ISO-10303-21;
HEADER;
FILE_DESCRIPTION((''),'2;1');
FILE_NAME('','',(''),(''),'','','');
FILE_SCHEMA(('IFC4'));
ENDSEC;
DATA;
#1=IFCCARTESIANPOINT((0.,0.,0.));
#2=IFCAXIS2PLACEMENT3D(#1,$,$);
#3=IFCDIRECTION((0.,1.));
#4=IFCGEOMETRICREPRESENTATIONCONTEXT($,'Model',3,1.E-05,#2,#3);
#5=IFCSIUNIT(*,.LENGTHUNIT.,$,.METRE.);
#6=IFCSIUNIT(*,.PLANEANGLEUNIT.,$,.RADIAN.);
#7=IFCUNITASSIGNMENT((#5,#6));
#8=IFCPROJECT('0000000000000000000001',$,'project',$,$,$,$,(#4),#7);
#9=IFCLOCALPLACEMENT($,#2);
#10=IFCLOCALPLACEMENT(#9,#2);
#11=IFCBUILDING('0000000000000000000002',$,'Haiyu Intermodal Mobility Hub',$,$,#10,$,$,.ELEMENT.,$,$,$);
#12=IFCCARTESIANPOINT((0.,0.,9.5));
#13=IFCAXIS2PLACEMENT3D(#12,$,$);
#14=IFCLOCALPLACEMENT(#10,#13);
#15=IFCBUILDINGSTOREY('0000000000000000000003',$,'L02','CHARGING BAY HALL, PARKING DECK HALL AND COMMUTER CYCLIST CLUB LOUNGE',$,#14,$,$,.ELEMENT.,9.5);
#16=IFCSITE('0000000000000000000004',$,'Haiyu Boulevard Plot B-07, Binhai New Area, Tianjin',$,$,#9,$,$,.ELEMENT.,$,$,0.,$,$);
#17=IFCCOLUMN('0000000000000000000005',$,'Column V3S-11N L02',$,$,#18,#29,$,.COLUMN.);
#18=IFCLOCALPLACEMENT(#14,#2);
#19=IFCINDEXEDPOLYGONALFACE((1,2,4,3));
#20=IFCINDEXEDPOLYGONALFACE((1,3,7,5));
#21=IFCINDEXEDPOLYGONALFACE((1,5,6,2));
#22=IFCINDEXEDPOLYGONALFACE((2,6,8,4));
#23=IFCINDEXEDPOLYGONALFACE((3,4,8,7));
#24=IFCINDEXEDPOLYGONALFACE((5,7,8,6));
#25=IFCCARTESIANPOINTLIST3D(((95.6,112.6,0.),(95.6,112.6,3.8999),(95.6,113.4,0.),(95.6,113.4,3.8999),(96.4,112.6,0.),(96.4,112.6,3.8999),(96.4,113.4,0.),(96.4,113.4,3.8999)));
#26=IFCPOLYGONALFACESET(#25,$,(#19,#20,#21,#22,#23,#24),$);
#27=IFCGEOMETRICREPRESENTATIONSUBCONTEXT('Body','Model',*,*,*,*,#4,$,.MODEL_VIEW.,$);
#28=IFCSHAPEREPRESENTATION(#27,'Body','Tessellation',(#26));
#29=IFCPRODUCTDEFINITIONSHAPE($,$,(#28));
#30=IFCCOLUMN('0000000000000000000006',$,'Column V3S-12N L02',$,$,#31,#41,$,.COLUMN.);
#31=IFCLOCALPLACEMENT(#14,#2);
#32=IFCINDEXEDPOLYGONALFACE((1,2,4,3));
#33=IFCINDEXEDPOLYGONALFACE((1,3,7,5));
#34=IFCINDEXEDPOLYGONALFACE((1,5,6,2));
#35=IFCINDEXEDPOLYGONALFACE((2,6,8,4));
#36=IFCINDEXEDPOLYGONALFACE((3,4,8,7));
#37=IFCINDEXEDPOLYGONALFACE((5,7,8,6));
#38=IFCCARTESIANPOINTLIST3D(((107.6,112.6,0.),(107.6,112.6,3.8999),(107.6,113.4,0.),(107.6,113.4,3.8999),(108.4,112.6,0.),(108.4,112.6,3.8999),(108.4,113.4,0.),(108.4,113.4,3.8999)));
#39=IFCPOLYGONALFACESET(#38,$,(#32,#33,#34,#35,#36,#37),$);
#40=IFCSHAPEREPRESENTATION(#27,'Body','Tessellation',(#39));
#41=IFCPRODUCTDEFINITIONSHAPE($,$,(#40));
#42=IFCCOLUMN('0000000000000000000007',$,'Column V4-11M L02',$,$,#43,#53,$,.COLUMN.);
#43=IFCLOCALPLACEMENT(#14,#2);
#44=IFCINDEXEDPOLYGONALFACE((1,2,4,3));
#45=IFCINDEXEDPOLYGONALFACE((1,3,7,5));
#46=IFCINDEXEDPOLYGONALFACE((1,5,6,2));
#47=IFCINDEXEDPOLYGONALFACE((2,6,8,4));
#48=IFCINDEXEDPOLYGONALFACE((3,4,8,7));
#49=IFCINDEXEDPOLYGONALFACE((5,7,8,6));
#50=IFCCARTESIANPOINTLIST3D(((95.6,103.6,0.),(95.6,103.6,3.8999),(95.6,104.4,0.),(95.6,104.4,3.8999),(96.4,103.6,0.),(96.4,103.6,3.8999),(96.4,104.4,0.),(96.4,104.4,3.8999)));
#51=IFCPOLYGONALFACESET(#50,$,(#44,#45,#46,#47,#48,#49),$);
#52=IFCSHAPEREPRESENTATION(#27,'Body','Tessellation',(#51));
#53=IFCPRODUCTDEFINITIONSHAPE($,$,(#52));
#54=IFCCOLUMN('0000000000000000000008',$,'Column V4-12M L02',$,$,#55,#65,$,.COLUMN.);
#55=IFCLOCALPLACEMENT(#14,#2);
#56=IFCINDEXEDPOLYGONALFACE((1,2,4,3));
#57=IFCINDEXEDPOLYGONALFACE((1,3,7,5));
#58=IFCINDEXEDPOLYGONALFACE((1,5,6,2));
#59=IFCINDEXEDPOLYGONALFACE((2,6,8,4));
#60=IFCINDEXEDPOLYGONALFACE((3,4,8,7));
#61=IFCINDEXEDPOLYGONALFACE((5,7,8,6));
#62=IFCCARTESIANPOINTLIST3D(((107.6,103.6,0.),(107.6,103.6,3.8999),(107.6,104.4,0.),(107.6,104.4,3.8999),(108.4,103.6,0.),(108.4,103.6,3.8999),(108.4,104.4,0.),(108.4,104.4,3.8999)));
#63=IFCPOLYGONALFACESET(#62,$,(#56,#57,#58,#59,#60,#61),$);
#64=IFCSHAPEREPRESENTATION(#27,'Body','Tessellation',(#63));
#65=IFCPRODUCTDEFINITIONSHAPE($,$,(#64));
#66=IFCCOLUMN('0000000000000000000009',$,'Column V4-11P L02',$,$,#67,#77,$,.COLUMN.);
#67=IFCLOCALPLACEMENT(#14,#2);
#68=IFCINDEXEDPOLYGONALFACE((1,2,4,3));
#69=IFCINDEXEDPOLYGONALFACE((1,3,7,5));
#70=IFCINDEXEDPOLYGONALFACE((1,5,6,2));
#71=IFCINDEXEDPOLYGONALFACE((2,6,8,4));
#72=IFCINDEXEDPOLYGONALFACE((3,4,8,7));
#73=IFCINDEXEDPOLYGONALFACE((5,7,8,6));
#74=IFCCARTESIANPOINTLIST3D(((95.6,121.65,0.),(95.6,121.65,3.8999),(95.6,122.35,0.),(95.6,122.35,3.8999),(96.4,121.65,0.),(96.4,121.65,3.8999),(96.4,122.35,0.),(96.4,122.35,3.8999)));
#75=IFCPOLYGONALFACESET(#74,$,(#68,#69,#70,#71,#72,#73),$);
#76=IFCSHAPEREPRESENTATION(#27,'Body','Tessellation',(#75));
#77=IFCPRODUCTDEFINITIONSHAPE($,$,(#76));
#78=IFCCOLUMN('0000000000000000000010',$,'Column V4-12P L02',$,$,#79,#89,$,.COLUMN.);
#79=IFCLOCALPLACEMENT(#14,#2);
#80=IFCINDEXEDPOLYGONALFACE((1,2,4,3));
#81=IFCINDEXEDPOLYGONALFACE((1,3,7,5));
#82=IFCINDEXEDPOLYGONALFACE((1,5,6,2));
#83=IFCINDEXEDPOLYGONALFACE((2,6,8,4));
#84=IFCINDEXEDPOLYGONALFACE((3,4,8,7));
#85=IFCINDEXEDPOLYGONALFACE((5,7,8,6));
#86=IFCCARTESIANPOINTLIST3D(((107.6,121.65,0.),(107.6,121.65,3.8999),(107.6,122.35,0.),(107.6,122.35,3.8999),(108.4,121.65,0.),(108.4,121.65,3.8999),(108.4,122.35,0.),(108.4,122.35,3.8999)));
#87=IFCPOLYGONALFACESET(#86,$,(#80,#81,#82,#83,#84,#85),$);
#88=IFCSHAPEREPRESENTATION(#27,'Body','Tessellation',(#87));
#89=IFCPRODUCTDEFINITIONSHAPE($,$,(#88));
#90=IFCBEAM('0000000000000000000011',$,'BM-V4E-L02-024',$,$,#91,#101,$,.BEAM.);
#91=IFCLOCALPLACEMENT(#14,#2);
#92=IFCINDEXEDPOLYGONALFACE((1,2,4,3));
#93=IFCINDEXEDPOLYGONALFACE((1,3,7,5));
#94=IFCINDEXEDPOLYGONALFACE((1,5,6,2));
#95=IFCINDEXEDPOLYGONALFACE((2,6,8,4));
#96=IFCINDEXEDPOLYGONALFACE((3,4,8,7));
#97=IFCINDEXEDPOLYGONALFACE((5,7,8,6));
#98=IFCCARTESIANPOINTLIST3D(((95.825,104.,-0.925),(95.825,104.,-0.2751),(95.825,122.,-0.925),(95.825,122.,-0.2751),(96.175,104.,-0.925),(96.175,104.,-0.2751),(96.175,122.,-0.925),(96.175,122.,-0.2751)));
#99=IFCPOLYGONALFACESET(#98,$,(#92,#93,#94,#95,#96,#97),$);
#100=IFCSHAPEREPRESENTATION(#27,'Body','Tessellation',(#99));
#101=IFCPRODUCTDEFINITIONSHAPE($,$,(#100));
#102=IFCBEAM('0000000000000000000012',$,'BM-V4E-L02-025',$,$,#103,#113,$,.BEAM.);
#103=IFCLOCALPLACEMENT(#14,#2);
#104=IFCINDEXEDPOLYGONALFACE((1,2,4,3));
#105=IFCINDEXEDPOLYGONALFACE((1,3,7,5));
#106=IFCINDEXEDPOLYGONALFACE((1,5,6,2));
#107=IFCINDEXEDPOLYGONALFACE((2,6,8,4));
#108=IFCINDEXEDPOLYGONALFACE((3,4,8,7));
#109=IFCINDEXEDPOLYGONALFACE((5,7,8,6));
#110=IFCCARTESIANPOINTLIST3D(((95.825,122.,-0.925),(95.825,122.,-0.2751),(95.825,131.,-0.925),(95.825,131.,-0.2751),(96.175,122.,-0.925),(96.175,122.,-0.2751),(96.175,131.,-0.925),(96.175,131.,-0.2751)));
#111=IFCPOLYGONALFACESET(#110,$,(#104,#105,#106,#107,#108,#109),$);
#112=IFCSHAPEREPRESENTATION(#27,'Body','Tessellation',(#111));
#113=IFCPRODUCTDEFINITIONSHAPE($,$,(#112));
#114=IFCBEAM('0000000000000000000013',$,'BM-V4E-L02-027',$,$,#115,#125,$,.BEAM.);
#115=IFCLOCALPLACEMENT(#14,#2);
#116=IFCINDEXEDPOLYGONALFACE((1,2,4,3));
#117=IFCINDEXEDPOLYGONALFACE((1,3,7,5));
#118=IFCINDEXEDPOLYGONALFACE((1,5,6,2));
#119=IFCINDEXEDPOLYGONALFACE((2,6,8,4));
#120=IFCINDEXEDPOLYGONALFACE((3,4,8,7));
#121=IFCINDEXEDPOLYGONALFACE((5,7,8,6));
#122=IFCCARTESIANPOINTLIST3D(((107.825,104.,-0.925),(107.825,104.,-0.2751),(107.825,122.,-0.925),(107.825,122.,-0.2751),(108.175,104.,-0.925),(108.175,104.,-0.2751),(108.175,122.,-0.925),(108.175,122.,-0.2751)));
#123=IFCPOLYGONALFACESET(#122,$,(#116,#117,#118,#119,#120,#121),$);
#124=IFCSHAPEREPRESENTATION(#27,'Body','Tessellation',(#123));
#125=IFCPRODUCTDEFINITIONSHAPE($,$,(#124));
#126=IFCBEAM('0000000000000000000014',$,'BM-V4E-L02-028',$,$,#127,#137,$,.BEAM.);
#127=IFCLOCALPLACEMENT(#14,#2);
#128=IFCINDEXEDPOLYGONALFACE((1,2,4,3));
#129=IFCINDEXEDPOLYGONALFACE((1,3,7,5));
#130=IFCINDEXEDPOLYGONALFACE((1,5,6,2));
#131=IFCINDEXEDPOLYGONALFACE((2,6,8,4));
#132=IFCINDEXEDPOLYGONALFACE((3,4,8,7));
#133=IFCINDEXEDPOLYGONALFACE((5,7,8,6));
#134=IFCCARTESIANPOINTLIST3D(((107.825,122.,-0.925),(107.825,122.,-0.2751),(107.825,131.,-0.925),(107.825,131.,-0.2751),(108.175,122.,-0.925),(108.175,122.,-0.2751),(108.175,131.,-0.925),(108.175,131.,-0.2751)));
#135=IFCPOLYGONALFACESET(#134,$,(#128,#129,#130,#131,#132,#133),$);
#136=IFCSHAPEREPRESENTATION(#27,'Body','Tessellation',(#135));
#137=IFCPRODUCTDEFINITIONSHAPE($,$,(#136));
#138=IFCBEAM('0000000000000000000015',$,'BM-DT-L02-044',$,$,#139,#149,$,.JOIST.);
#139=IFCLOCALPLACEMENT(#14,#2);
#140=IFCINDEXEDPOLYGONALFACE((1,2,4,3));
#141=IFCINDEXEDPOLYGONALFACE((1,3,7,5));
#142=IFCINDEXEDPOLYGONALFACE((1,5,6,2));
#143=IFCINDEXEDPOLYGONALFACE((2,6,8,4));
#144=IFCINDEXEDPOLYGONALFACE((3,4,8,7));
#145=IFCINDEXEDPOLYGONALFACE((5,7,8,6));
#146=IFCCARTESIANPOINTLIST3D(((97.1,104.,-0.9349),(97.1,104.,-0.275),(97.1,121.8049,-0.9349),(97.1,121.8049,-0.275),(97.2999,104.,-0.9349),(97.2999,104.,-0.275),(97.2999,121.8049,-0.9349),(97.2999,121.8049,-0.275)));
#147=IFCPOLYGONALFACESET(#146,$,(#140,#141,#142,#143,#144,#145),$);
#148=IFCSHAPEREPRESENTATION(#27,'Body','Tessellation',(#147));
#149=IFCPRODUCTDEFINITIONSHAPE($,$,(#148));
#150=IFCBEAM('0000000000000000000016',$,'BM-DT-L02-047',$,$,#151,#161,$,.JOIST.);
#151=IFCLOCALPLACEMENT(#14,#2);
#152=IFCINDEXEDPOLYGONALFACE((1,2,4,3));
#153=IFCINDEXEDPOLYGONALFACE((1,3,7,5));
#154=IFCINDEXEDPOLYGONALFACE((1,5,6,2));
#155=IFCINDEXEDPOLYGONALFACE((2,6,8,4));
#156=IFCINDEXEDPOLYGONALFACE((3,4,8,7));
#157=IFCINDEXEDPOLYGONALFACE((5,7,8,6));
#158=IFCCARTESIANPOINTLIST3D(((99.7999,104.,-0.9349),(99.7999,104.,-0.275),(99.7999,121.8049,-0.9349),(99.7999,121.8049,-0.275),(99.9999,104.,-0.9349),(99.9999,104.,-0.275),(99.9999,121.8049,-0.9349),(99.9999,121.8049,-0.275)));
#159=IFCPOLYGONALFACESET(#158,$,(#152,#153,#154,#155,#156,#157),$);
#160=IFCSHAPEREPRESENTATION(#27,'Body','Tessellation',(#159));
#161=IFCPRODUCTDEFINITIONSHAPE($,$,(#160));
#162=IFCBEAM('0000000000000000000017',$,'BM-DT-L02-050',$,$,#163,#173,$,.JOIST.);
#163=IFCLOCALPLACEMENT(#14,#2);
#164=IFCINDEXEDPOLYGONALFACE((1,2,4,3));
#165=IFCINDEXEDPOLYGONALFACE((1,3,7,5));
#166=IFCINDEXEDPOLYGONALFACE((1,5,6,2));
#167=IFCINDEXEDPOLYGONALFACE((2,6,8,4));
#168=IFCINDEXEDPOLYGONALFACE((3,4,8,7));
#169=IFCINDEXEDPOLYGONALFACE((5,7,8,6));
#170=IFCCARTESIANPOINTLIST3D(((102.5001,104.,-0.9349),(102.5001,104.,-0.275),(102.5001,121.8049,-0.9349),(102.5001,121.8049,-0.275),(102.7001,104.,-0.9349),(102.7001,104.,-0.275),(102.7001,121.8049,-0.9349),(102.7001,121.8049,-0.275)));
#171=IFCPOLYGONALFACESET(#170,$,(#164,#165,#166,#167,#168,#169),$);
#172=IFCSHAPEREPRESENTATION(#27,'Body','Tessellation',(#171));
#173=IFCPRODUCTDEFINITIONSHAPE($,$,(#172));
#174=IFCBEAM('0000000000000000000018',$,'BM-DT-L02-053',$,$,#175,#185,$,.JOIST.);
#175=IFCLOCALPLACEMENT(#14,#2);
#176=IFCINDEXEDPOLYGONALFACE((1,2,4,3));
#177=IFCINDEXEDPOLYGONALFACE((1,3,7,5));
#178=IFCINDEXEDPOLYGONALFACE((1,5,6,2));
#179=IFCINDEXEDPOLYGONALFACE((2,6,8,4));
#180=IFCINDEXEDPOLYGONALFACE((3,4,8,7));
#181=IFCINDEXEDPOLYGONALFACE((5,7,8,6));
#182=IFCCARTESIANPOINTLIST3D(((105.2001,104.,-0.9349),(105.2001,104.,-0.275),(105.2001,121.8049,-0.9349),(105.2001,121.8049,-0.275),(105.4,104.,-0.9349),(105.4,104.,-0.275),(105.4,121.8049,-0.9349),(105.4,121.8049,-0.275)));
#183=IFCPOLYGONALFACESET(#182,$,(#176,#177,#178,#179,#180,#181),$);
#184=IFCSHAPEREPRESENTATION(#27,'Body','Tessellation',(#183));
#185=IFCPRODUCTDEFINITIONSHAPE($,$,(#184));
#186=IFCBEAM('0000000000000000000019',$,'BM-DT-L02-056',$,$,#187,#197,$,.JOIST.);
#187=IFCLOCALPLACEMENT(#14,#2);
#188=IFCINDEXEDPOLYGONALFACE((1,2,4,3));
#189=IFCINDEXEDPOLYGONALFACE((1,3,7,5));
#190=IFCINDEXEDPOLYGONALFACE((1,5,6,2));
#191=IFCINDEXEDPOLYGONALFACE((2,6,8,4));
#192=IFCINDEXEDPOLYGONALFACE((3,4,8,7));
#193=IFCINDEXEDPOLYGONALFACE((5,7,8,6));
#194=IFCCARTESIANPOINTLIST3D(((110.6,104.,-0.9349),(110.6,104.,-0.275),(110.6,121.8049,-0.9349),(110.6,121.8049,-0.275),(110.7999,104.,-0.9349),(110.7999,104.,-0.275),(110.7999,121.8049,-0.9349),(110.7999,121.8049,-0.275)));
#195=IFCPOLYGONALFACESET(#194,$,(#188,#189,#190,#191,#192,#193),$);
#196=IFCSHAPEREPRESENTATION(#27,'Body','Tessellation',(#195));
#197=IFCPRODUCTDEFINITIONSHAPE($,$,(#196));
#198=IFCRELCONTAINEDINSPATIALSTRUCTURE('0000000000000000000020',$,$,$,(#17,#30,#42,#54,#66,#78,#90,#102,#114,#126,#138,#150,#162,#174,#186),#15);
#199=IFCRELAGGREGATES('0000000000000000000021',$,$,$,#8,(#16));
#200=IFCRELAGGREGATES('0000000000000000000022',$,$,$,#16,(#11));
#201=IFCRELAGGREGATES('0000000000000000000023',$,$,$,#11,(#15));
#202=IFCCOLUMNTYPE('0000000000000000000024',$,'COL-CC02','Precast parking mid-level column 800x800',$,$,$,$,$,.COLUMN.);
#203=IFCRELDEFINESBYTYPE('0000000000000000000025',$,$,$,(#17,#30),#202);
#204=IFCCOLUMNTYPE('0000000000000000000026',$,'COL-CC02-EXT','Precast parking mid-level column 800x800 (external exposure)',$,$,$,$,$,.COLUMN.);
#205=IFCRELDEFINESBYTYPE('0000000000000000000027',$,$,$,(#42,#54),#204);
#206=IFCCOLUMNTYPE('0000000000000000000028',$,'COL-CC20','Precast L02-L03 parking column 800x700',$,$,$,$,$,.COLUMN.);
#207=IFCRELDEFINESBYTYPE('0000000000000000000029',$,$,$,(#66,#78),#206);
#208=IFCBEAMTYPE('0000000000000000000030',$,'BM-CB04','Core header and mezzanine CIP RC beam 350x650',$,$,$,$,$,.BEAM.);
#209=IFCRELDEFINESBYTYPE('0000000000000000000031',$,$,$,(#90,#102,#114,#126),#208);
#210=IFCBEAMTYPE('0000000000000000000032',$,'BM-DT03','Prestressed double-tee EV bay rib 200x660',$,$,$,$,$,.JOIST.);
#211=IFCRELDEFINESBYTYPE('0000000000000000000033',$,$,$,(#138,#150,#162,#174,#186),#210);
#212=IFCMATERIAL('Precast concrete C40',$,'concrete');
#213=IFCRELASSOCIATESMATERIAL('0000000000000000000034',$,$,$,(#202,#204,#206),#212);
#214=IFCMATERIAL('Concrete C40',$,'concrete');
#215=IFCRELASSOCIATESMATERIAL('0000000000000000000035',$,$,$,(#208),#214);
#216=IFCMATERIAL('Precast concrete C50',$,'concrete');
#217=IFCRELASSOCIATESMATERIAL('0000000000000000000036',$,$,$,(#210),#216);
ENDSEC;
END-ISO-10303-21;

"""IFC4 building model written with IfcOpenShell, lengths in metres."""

from ifc_helpers import new_model, si_unit, direction, frame, origin, origin_2d, place, context, subcontext, project, spatial, rectangle, extrude, material, material_profile, profile_set, type_object, element, save


model = new_model("IFC4")

# Units and contexts
model_context = context("Model", 3, precision=1e-05, world=origin(), true_north=direction((0.0, 1.0)))
body_context = subcontext(model_context, "Body", "Model", "MODEL_VIEW")
ifc_project = project(units=[si_unit("LENGTHUNIT", "METRE"), si_unit("PLANEANGLEUNIT", "RADIAN")], contexts=[model_context])

# Site, building, storey
site_placement = place(None, origin())
site = spatial("IfcSite", under=ifc_project, at=site_placement, Name="Haiyu Boulevard Plot B-07, Binhai New Area, Tianjin", CompositionType="ELEMENT", RefElevation=0.0)
building_placement = place(site_placement, origin())
building = spatial("IfcBuilding", under=site, at=building_placement, Name="Haiyu Intermodal Mobility Hub", CompositionType="ELEMENT")
storey_placement = place(building_placement, frame((0.0, 0.0, 9.5)))
storey = spatial("IfcBuildingStorey", under=building, at=storey_placement, Name="L02", Description="CHARGING BAY HALL, PARKING DECK HALL AND COMMUTER CYCLIST CLUB LOUNGE", CompositionType="ELEMENT", Elevation=9.5)

# Columns
ifc_material_1 = material(Name="Precast concrete C40", Category="concrete")
ifc_material_profile_1 = material_profile(ifc_material_1, rectangle(XDim=0.8, YDim=0.8, at=origin_2d()), Name="RC800x800")
ifc_profile_set_1 = profile_set([ifc_material_profile_1], Name="Precast concrete C40")
column_type_1 = type_object("IfcColumnType", Name="COL-CC02", Description="Precast parking mid-level column 800x800", PredefinedType="COLUMN", material=ifc_profile_set_1)
for number, where, z_axis, x_axis, name in (
    (1, (96.0, 113.0, 0.0), (0.0, 0.0, 1.0), (1.0, 0.0, 0.0), "Column V3S-11N L02"),
    (2, (108.0, 113.0, 0.0), (0.0, 0.0, 1.0), (1.0, 0.0, 0.0), "Column V3S-12N L02"),
):
    element("IfcColumn", number, at=place(storey_placement, frame(where, z_axis=z_axis, x_axis=x_axis)), inside=storey, type_object=column_type_1, Name=name, PredefinedType="COLUMN", context=body_context, shape_type="SweptSolid", body=[
        extrude(rectangle(XDim=0.8, YDim=0.8, at=origin_2d()), origin(), (0.0, 0.0, 1.0), 3.8999),
    ])
ifc_material_profile_2 = material_profile(ifc_material_1, rectangle(XDim=0.8, YDim=0.8, at=origin_2d()), Name="RC800x800")
ifc_profile_set_2 = profile_set([ifc_material_profile_2], Name="Precast concrete C40")
column_type_2 = type_object("IfcColumnType", Name="COL-CC02-EXT", Description="Precast parking mid-level column 800x800 (external exposure)", PredefinedType="COLUMN", material=ifc_profile_set_2)
for number, where, z_axis, x_axis, name in (
    (3, (96.0, 104.0, 0.0), (0.0, 0.0, 1.0), (1.0, 0.0, 0.0), "Column V4-11M L02"),
    (4, (108.0, 104.0, 0.0), (0.0, 0.0, 1.0), (1.0, 0.0, 0.0), "Column V4-12M L02"),
):
    element("IfcColumn", number, at=place(storey_placement, frame(where, z_axis=z_axis, x_axis=x_axis)), inside=storey, type_object=column_type_2, Name=name, PredefinedType="COLUMN", context=body_context, shape_type="SweptSolid", body=[
        extrude(rectangle(XDim=0.8, YDim=0.8, at=origin_2d()), origin(), (0.0, 0.0, 1.0), 3.8999),
    ])
ifc_material_profile_3 = material_profile(ifc_material_1, rectangle(XDim=0.8, YDim=0.7, at=origin_2d()), Name="C800x700")
ifc_profile_set_3 = profile_set([ifc_material_profile_3], Name="Precast concrete C40")
column_type_3 = type_object("IfcColumnType", Name="COL-CC20", Description="Precast L02-L03 parking column 800x700", PredefinedType="COLUMN", material=ifc_profile_set_3)
for number, where, z_axis, x_axis, name in (
    (5, (96.0, 122.0, 0.0), (0.0, 0.0, 1.0), (1.0, 0.0, 0.0), "Column V4-11P L02"),
    (6, (108.0, 122.0, 0.0), (0.0, 0.0, 1.0), (1.0, 0.0, 0.0), "Column V4-12P L02"),
):
    element("IfcColumn", number, at=place(storey_placement, frame(where, z_axis=z_axis, x_axis=x_axis)), inside=storey, type_object=column_type_3, Name=name, PredefinedType="COLUMN", context=body_context, shape_type="SweptSolid", body=[
        extrude(rectangle(XDim=0.8, YDim=0.7, at=origin_2d()), origin(), (0.0, 0.0, 1.0), 3.8999),
    ])

# Beams
ifc_material_2 = material(Name="Concrete C40", Category="concrete")
ifc_material_profile_4 = material_profile(ifc_material_2, rectangle(XDim=0.3501, YDim=0.6499, at=origin_2d()), Name="RCB350x650")
ifc_profile_set_4 = profile_set([ifc_material_profile_4], Name="Concrete C40")
beam_type_1 = type_object("IfcBeamType", Name="BM-CB04", Description="Core header and mezzanine CIP RC beam 350x650", PredefinedType="BEAM", material=ifc_profile_set_4)
beam_1_placement = place(storey_placement, frame((96.0, 104.0, -0.6001), z_axis=(0.0, 1.0, 0.0), x_axis=(-1.0, 0.0, 0.0)))
element("IfcBeam", 7, at=beam_1_placement, inside=storey, type_object=beam_type_1, Name="BM-V4E-L02-024", PredefinedType="BEAM", context=body_context, shape_type="SweptSolid", body=[
    extrude(rectangle(XDim=0.3501, YDim=0.6499, at=origin_2d()), origin(), (0.0, 0.0, 1.0), 18.0),
])
beam_2_placement = place(storey_placement, frame((96.0, 122.0, -0.6001), z_axis=(0.0, 1.0, 0.0), x_axis=(-1.0, 0.0, 0.0)))
element("IfcBeam", 8, at=beam_2_placement, inside=storey, type_object=beam_type_1, Name="BM-V4E-L02-025", PredefinedType="BEAM", context=body_context, shape_type="SweptSolid", body=[
    extrude(rectangle(XDim=0.3501, YDim=0.6499, at=origin_2d()), origin(), (0.0, 0.0, 1.0), 9.0),
])
beam_3_placement = place(storey_placement, frame((108.0, 104.0, -0.6001), z_axis=(0.0, 1.0, 0.0), x_axis=(-1.0, 0.0, 0.0)))
element("IfcBeam", 9, at=beam_3_placement, inside=storey, type_object=beam_type_1, Name="BM-V4E-L02-027", PredefinedType="BEAM", context=body_context, shape_type="SweptSolid", body=[
    extrude(rectangle(XDim=0.3501, YDim=0.6499, at=origin_2d()), origin(), (0.0, 0.0, 1.0), 18.0),
])
beam_4_placement = place(storey_placement, frame((108.0, 122.0, -0.6001), z_axis=(0.0, 1.0, 0.0), x_axis=(-1.0, 0.0, 0.0)))
element("IfcBeam", 10, at=beam_4_placement, inside=storey, type_object=beam_type_1, Name="BM-V4E-L02-028", PredefinedType="BEAM", context=body_context, shape_type="SweptSolid", body=[
    extrude(rectangle(XDim=0.3501, YDim=0.6499, at=origin_2d()), origin(), (0.0, 0.0, 1.0), 9.0),
])
ifc_material_3 = material(Name="Precast concrete C50", Category="concrete")
ifc_material_profile_5 = material_profile(ifc_material_3, rectangle(XDim=0.2, YDim=0.6599, at=origin_2d()), Name="PC200x660")
ifc_profile_set_5 = profile_set([ifc_material_profile_5], Name="Precast concrete C50")
beam_type_2 = type_object("IfcBeamType", Name="BM-DT03", Description="Prestressed double-tee EV bay rib 200x660", PredefinedType="JOIST", material=ifc_profile_set_5)
for number, where, z_axis, x_axis, name in (
    (11, (97.2, 104.0, -0.605), (0.0, 1.0, 0.0), (-1.0, 0.0, 0.0), "BM-DT-L02-044"),
    (12, (99.8999, 104.0, -0.605), (0.0, 1.0, 0.0), (-1.0, 0.0, 0.0), "BM-DT-L02-047"),
    (13, (102.6001, 104.0, -0.605), (0.0, 1.0, 0.0), (-1.0, 0.0, 0.0), "BM-DT-L02-050"),
    (14, (105.3, 104.0, -0.605), (0.0, 1.0, 0.0), (-1.0, 0.0, 0.0), "BM-DT-L02-053"),
    (15, (110.7, 104.0, -0.605), (0.0, 1.0, 0.0), (-1.0, 0.0, 0.0), "BM-DT-L02-056"),
):
    element("IfcBeam", number, at=place(storey_placement, frame(where, z_axis=z_axis, x_axis=x_axis)), inside=storey, type_object=beam_type_2, Name=name, PredefinedType="JOIST", context=body_context, shape_type="SweptSolid", body=[
        extrude(rectangle(XDim=0.2, YDim=0.6599, at=origin_2d()), origin(), (0.0, 0.0, 1.0), 17.8049),
    ])

save(model, "model.ifc")
